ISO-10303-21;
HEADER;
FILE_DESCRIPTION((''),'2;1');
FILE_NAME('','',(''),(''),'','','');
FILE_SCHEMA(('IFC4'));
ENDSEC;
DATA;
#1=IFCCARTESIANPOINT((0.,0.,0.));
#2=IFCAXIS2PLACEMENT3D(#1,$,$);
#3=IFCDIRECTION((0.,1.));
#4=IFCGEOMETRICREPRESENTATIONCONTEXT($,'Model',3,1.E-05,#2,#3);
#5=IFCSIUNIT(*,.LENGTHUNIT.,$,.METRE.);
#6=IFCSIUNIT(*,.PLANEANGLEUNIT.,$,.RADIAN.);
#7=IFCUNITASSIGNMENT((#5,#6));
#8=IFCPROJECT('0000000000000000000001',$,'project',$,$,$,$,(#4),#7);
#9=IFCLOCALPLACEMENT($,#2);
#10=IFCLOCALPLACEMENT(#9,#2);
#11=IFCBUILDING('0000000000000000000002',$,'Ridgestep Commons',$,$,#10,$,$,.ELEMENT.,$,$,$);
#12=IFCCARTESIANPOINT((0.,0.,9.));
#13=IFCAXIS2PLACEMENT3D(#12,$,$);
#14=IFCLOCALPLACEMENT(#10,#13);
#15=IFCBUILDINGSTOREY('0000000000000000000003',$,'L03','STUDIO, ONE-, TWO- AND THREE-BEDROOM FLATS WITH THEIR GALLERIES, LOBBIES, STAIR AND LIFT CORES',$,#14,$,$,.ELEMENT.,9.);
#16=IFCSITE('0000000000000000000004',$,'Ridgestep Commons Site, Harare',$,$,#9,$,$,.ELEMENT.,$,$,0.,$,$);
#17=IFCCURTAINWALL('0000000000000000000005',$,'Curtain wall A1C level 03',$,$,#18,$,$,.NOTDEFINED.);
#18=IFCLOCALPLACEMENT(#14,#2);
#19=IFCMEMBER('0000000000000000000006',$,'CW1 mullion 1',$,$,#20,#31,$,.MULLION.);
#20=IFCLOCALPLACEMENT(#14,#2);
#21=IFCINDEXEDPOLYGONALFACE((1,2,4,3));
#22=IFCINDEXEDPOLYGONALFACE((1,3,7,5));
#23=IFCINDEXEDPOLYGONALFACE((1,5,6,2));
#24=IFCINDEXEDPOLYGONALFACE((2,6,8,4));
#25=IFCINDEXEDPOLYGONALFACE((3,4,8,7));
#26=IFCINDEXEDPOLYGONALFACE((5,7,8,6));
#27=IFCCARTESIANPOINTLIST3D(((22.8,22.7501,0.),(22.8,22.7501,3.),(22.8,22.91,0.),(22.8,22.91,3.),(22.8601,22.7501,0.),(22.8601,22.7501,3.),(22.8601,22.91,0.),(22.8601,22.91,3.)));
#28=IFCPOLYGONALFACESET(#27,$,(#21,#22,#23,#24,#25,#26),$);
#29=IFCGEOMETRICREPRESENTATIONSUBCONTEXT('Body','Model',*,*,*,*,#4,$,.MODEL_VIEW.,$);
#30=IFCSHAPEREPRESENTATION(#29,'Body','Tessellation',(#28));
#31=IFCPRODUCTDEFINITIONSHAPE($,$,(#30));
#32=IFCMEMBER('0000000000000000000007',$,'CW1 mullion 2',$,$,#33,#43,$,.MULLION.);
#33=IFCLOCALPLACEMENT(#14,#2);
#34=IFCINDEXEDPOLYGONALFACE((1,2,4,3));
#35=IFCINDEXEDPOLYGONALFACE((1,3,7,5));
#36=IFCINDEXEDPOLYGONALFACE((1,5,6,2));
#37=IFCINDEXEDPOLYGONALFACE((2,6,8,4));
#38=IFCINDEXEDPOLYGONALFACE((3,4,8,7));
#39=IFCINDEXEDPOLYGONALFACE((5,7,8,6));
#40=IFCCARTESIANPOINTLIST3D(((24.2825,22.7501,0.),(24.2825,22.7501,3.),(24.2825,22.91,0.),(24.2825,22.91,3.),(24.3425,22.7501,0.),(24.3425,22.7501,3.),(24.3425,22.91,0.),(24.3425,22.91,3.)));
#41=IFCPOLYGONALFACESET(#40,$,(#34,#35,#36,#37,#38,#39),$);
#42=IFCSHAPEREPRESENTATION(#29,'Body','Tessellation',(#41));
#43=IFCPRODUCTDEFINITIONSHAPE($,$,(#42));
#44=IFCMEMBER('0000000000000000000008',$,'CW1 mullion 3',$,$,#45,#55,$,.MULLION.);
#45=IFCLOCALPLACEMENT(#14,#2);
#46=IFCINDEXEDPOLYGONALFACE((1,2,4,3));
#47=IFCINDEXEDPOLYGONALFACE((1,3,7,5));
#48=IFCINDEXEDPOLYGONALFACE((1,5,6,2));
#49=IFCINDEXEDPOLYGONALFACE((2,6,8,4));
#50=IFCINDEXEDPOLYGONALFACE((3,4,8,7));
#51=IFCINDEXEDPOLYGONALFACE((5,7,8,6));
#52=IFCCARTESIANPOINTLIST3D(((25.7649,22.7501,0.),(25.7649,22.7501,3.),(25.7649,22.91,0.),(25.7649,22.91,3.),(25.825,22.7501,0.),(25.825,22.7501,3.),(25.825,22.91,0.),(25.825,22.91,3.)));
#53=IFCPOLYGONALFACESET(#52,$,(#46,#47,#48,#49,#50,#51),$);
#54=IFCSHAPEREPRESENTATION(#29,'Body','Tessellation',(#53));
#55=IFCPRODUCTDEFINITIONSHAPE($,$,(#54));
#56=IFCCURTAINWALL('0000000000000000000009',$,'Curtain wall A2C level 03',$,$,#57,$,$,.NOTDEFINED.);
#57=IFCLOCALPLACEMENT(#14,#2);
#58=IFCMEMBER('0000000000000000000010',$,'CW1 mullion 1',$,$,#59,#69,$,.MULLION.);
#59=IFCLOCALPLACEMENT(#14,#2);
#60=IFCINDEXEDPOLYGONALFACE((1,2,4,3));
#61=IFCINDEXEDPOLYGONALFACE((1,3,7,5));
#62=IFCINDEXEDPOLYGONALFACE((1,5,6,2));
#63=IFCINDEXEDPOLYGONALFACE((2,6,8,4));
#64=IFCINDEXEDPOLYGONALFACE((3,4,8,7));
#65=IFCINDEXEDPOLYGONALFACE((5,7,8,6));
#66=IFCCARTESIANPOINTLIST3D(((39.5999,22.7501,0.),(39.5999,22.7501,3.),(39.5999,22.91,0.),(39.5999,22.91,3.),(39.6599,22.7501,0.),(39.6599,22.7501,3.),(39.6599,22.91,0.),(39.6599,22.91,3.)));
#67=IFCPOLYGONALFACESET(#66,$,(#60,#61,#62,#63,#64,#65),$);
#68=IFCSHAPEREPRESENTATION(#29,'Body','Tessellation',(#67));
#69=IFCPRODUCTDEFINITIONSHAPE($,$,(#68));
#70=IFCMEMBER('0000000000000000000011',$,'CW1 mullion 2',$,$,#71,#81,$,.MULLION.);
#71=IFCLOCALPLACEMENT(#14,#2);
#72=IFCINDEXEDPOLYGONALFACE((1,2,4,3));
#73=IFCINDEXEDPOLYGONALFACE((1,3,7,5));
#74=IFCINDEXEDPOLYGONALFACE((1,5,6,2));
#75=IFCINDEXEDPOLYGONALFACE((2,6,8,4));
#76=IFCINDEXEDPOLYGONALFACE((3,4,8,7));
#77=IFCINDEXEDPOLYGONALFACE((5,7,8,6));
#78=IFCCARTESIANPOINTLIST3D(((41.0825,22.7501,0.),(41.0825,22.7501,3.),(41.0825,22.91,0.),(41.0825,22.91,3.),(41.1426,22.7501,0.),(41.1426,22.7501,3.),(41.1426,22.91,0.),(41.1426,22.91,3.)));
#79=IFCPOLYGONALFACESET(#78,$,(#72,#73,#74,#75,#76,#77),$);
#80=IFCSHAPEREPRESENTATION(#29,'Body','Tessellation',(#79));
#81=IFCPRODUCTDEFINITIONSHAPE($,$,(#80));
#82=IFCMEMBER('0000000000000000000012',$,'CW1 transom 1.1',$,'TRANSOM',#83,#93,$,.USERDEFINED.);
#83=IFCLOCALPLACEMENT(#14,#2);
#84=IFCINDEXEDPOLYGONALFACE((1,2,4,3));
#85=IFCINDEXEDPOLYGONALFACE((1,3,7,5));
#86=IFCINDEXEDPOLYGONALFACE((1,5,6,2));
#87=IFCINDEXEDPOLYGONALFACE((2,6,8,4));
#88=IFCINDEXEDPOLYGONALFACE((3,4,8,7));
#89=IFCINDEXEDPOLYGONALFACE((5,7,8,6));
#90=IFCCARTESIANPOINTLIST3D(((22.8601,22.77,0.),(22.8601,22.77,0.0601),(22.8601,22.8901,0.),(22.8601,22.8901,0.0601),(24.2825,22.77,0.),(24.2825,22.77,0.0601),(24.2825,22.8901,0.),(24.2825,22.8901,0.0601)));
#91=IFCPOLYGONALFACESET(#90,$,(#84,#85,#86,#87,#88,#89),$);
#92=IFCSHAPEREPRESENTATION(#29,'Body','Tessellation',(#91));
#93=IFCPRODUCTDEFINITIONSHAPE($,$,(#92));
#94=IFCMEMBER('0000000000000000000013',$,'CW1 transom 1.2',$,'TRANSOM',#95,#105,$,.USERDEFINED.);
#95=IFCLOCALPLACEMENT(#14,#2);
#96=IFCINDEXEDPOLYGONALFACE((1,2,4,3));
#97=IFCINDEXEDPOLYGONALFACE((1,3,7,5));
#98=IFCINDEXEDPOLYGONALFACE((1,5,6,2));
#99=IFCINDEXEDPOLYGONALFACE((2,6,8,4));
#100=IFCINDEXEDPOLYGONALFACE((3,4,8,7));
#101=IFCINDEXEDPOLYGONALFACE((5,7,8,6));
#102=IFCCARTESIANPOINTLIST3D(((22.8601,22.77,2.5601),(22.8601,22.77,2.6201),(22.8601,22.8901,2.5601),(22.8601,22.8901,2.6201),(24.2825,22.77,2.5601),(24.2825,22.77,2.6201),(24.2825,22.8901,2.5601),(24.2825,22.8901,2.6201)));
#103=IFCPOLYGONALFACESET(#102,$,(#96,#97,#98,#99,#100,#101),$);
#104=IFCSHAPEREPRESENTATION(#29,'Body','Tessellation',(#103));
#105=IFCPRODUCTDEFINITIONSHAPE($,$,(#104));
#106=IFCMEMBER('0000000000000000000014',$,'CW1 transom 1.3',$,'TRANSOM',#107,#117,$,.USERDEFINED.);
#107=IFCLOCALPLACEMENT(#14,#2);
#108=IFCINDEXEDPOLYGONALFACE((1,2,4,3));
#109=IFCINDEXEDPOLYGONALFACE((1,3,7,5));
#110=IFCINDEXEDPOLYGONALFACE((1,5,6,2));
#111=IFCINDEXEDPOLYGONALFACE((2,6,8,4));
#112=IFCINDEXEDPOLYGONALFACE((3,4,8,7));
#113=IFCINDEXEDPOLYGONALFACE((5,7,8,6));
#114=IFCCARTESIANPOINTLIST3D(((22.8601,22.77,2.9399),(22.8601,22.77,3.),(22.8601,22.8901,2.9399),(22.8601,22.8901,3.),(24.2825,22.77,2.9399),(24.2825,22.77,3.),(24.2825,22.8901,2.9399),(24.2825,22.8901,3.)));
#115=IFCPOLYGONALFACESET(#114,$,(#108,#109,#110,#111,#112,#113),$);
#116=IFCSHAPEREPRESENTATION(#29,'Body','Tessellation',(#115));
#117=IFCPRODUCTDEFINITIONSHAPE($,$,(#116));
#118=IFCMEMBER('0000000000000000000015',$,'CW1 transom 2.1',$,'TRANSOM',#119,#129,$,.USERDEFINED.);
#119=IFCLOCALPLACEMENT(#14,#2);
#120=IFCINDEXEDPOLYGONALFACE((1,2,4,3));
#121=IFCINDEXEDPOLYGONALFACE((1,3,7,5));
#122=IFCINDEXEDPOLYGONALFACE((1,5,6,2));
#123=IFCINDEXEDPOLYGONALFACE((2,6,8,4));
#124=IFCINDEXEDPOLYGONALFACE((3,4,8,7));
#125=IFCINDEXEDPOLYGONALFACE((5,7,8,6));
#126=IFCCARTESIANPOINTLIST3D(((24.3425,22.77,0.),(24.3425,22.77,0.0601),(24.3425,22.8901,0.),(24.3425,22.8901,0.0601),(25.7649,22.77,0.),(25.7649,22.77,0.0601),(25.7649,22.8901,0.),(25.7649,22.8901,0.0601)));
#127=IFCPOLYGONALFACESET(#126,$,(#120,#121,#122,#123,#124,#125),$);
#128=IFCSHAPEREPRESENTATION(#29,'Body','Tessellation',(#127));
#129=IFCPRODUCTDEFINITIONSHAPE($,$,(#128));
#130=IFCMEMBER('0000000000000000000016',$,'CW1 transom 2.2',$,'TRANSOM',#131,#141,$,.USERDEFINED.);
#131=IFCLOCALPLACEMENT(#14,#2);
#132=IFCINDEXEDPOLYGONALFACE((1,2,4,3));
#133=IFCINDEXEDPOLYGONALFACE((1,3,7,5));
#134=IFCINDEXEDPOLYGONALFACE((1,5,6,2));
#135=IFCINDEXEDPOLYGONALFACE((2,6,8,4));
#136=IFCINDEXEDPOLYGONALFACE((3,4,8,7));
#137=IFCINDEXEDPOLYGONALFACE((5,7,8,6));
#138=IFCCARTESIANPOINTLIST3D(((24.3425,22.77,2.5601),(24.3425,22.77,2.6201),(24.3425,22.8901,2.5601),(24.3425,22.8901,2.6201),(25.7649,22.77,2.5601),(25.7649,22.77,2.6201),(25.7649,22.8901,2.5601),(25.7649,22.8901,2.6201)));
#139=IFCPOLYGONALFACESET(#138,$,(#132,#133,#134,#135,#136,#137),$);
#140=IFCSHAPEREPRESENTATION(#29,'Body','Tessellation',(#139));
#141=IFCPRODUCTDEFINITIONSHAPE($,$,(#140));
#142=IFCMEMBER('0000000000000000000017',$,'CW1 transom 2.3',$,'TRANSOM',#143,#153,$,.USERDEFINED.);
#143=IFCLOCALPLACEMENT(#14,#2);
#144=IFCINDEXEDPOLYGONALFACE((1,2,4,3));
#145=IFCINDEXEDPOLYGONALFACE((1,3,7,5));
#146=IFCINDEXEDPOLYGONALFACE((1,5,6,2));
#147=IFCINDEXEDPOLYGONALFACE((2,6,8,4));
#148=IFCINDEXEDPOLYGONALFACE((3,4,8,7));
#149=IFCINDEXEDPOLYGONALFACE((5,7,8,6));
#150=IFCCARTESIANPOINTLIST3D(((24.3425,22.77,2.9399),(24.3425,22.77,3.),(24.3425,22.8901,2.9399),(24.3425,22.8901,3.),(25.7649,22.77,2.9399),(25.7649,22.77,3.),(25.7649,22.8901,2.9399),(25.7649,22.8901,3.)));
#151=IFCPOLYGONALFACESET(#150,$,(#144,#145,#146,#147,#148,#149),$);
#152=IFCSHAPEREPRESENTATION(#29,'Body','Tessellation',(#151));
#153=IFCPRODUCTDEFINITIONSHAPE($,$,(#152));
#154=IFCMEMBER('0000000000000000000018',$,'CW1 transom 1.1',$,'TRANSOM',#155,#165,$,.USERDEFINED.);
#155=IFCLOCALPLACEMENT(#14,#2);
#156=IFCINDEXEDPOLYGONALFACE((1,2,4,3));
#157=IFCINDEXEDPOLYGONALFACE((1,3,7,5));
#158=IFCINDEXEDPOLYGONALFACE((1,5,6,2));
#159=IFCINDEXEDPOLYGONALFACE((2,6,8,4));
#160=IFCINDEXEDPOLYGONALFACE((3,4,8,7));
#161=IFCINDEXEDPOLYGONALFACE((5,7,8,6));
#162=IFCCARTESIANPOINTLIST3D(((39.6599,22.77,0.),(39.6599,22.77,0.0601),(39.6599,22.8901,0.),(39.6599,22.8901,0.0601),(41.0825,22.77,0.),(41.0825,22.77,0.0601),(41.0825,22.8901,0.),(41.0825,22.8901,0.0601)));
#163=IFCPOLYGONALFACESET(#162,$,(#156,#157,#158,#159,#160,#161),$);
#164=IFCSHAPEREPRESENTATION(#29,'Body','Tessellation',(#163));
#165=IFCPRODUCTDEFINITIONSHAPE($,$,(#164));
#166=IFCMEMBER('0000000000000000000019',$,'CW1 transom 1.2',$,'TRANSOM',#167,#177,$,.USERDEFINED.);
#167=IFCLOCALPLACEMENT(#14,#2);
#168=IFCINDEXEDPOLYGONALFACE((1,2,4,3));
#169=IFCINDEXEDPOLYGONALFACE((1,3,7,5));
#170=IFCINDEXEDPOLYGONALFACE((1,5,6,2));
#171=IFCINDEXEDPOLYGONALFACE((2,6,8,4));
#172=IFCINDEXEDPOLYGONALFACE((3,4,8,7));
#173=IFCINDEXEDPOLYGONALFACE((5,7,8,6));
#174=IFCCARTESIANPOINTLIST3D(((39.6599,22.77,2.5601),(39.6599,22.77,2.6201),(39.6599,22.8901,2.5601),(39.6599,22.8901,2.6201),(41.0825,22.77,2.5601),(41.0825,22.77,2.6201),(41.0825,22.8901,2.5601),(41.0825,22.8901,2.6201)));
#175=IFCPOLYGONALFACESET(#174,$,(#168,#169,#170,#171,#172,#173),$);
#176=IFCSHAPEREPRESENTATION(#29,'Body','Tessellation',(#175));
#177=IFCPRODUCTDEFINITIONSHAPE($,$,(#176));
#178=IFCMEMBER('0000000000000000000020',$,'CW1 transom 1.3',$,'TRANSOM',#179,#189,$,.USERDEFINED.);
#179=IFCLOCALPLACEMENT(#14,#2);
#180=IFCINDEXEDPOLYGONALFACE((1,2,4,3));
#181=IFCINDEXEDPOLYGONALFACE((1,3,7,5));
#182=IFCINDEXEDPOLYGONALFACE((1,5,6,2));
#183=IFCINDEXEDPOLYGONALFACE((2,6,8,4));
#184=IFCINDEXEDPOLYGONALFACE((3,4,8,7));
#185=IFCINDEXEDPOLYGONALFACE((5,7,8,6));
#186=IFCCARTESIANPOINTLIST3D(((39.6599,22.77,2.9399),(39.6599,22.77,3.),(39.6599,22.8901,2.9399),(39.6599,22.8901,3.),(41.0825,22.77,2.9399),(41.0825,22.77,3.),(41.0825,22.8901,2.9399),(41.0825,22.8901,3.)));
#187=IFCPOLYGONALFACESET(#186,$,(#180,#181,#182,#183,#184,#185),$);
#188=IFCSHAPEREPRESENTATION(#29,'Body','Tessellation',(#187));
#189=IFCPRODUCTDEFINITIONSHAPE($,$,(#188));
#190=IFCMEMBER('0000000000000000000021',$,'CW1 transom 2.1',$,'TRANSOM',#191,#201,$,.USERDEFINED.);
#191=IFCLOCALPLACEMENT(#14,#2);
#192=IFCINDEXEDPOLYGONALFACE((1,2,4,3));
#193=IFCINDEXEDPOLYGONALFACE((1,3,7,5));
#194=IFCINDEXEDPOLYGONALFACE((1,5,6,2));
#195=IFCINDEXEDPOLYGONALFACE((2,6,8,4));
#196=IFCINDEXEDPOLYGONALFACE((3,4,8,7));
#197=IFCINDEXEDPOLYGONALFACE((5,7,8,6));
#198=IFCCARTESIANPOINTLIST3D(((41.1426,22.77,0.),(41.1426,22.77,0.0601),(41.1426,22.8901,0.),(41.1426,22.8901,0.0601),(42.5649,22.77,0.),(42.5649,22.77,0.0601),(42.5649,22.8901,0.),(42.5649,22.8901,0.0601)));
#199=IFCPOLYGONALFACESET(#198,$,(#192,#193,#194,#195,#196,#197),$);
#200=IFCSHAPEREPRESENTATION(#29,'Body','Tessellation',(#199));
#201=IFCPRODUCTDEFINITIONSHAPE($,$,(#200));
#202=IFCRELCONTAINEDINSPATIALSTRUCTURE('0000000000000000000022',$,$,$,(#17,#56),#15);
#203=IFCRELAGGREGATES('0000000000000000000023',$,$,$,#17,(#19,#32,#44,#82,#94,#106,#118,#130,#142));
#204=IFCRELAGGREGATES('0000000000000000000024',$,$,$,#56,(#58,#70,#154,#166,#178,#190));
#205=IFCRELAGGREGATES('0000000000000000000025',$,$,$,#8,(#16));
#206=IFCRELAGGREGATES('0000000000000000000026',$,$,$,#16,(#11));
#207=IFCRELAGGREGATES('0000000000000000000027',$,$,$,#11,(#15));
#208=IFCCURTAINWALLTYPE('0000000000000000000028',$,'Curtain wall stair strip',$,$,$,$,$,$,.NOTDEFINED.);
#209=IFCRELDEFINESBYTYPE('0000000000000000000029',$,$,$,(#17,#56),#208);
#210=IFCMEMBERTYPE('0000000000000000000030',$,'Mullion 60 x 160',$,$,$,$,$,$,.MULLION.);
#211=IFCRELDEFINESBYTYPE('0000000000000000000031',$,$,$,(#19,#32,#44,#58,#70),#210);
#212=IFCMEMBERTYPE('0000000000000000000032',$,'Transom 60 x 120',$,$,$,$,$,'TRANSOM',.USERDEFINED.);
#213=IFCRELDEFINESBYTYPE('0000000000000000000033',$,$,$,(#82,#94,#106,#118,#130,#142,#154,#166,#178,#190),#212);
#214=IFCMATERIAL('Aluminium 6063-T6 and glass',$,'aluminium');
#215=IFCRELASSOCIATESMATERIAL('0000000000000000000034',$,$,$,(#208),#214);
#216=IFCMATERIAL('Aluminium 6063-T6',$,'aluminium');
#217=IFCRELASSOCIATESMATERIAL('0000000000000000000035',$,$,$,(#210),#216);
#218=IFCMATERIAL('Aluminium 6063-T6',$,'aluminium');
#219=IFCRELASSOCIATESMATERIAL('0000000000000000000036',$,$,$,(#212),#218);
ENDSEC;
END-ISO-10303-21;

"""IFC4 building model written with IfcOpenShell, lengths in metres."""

from ifc_helpers import new_model, si_unit, direction, frame, origin, origin_2d, place, context, subcontext, project, spatial, rectangle, extrude, material, material_profile, profile_set, type_object, element, aggregate, save


model = new_model("IFC4")

# Units and contexts
model_context = context("Model", 3, precision=1e-05, world=origin(), true_north=direction((0.0, 1.0)))
body_context = subcontext(model_context, "Body", "Model", "MODEL_VIEW")
ifc_project = project(units=[si_unit("LENGTHUNIT", "METRE"), si_unit("PLANEANGLEUNIT", "RADIAN")], contexts=[model_context])

# Site, building, storey
site_placement = place(None, origin())
site = spatial("IfcSite", under=ifc_project, at=site_placement, Name="Ridgestep Commons Site, Harare", CompositionType="ELEMENT", RefElevation=0.0)
building_placement = place(site_placement, origin())
building = spatial("IfcBuilding", under=site, at=building_placement, Name="Ridgestep Commons", CompositionType="ELEMENT")
storey_placement = place(building_placement, frame((0.0, 0.0, 9.0)))
storey = spatial("IfcBuildingStorey", under=building, at=storey_placement, Name="L03", Description="STUDIO, ONE-, TWO- AND THREE-BEDROOM FLATS WITH THEIR GALLERIES, LOBBIES, STAIR AND LIFT CORES", CompositionType="ELEMENT", Elevation=9.0)

# Curtain walls, members
ifc_material_1 = material(Name="Aluminium 6063-T6 and glass", Category="aluminium")
curtain_wall_type = type_object("IfcCurtainWallType", Name="Curtain wall stair strip", PredefinedType="NOTDEFINED", material=ifc_material_1)
curtain_wall_1_placement = place(storey_placement, origin())
curtain_wall_1 = element("IfcCurtainWall", 1, at=curtain_wall_1_placement, inside=storey, type_object=curtain_wall_type, Name="Curtain wall A1C level 03", PredefinedType="NOTDEFINED")
ifc_material_2 = material(Name="Aluminium 6063-T6", Category="aluminium")
ifc_material_profile_1 = material_profile(ifc_material_2, rectangle(XDim=0.1599, YDim=0.0601, at=origin_2d()), Name="Mullion 60 x 160")
ifc_profile_set_1 = profile_set([ifc_material_profile_1], Name="Aluminium 6063-T6")
member_type_1 = type_object("IfcMemberType", Name="Mullion 60 x 160", PredefinedType="MULLION", material=ifc_profile_set_1)
member_1_placement = place(storey_placement, frame((22.8301, 22.8301, 0.0), z_axis=(0.0, 0.0, 1.0), x_axis=(0.0, 1.0, 0.0)))
member_1 = element("IfcMember", 2, at=member_1_placement, type_object=member_type_1, Name="CW1 mullion 1", PredefinedType="MULLION", context=body_context, shape_type="SweptSolid", body=[
    extrude(rectangle(XDim=0.1599, YDim=0.0601, at=origin_2d()), origin(), (0.0, 0.0, 1.0), 3.0),
])
member_2_placement = place(storey_placement, frame((24.3125, 22.8301, 0.0), z_axis=(0.0, 0.0, 1.0), x_axis=(0.0, 1.0, 0.0)))
member_2 = element("IfcMember", 3, at=member_2_placement, type_object=member_type_1, Name="CW1 mullion 2", PredefinedType="MULLION", context=body_context, shape_type="SweptSolid", body=[
    extrude(rectangle(XDim=0.1599, YDim=0.0601, at=origin_2d()), origin(), (0.0, 0.0, 1.0), 3.0),
])
member_3_placement = place(storey_placement, frame((25.7949, 22.8301, 0.0), z_axis=(0.0, 0.0, 1.0), x_axis=(0.0, 1.0, 0.0)))
member_3 = element("IfcMember", 4, at=member_3_placement, type_object=member_type_1, Name="CW1 mullion 3", PredefinedType="MULLION", context=body_context, shape_type="SweptSolid", body=[
    extrude(rectangle(XDim=0.1599, YDim=0.0601, at=origin_2d()), origin(), (0.0, 0.0, 1.0), 3.0),
])
curtain_wall_2_placement = place(storey_placement, origin())
curtain_wall_2 = element("IfcCurtainWall", 5, at=curtain_wall_2_placement, inside=storey, type_object=curtain_wall_type, Name="Curtain wall A2C level 03", PredefinedType="NOTDEFINED")
member_4_placement = place(storey_placement, frame((39.6299, 22.8301, 0.0), z_axis=(0.0, 0.0, 1.0), x_axis=(0.0, 1.0, 0.0)))
member_4 = element("IfcMember", 6, at=member_4_placement, type_object=member_type_1, Name="CW1 mullion 1", PredefinedType="MULLION", context=body_context, shape_type="SweptSolid", body=[
    extrude(rectangle(XDim=0.1599, YDim=0.0601, at=origin_2d()), origin(), (0.0, 0.0, 1.0), 3.0),
])
member_5_placement = place(storey_placement, frame((41.1125, 22.8301, 0.0), z_axis=(0.0, 0.0, 1.0), x_axis=(0.0, 1.0, 0.0)))
member_5 = element("IfcMember", 7, at=member_5_placement, type_object=member_type_1, Name="CW1 mullion 2", PredefinedType="MULLION", context=body_context, shape_type="SweptSolid", body=[
    extrude(rectangle(XDim=0.1599, YDim=0.0601, at=origin_2d()), origin(), (0.0, 0.0, 1.0), 3.0),
])

# Members
ifc_material_3 = material(Name="Aluminium 6063-T6", Category="aluminium")
ifc_material_profile_2 = material_profile(ifc_material_3, rectangle(XDim=0.1201, YDim=0.0601, at=origin_2d()), Name="Transom 60 x 120")
ifc_profile_set_2 = profile_set([ifc_material_profile_2], Name="Aluminium 6063-T6")
member_type_2 = type_object("IfcMemberType", Name="Transom 60 x 120", ElementType="TRANSOM", PredefinedType="USERDEFINED", material=ifc_profile_set_2)
member_6_placement = place(storey_placement, frame((22.8601, 22.8301, 0.03), z_axis=(1.0, 0.0, 0.0), x_axis=(0.0, 1.0, 0.0)))
member_6 = element("IfcMember", 8, at=member_6_placement, type_object=member_type_2, Name="CW1 transom 1.1", ObjectType="TRANSOM", PredefinedType="USERDEFINED", context=body_context, shape_type="SweptSolid", body=[
    extrude(rectangle(XDim=0.1201, YDim=0.0601, at=origin_2d()), origin(), (0.0, 0.0, 1.0), 1.4224),
])
member_7_placement = place(storey_placement, frame((22.8601, 22.8301, 2.5901), z_axis=(1.0, 0.0, 0.0), x_axis=(0.0, 1.0, 0.0)))
member_7 = element("IfcMember", 9, at=member_7_placement, type_object=member_type_2, Name="CW1 transom 1.2", ObjectType="TRANSOM", PredefinedType="USERDEFINED", context=body_context, shape_type="SweptSolid", body=[
    extrude(rectangle(XDim=0.1201, YDim=0.0601, at=origin_2d()), origin(), (0.0, 0.0, 1.0), 1.4224),
])
member_8_placement = place(storey_placement, frame((22.8601, 22.8301, 2.97), z_axis=(1.0, 0.0, 0.0), x_axis=(0.0, 1.0, 0.0)))
member_8 = element("IfcMember", 10, at=member_8_placement, type_object=member_type_2, Name="CW1 transom 1.3", ObjectType="TRANSOM", PredefinedType="USERDEFINED", context=body_context, shape_type="SweptSolid", body=[
    extrude(rectangle(XDim=0.1201, YDim=0.0601, at=origin_2d()), origin(), (0.0, 0.0, 1.0), 1.4224),
])
member_9_placement = place(storey_placement, frame((24.3425, 22.8301, 0.03), z_axis=(1.0, 0.0, 0.0), x_axis=(0.0, 1.0, 0.0)))
member_9 = element("IfcMember", 11, at=member_9_placement, type_object=member_type_2, Name="CW1 transom 2.1", ObjectType="TRANSOM", PredefinedType="USERDEFINED", context=body_context, shape_type="SweptSolid", body=[
    extrude(rectangle(XDim=0.1201, YDim=0.0601, at=origin_2d()), origin(), (0.0, 0.0, 1.0), 1.4224),
])
member_10_placement = place(storey_placement, frame((24.3425, 22.8301, 2.5901), z_axis=(1.0, 0.0, 0.0), x_axis=(0.0, 1.0, 0.0)))
member_10 = element("IfcMember", 12, at=member_10_placement, type_object=member_type_2, Name="CW1 transom 2.2", ObjectType="TRANSOM", PredefinedType="USERDEFINED", context=body_context, shape_type="SweptSolid", body=[
    extrude(rectangle(XDim=0.1201, YDim=0.0601, at=origin_2d()), origin(), (0.0, 0.0, 1.0), 1.4224),
])
member_11_placement = place(storey_placement, frame((24.3425, 22.8301, 2.97), z_axis=(1.0, 0.0, 0.0), x_axis=(0.0, 1.0, 0.0)))
member_11 = element("IfcMember", 13, at=member_11_placement, type_object=member_type_2, Name="CW1 transom 2.3", ObjectType="TRANSOM", PredefinedType="USERDEFINED", context=body_context, shape_type="SweptSolid", body=[
    extrude(rectangle(XDim=0.1201, YDim=0.0601, at=origin_2d()), origin(), (0.0, 0.0, 1.0), 1.4224),
])
member_12_placement = place(storey_placement, frame((39.6599, 22.8301, 0.03), z_axis=(1.0, 0.0, 0.0), x_axis=(0.0, 1.0, 0.0)))
member_12 = element("IfcMember", 14, at=member_12_placement, type_object=member_type_2, Name="CW1 transom 1.1", ObjectType="TRANSOM", PredefinedType="USERDEFINED", context=body_context, shape_type="SweptSolid", body=[
    extrude(rectangle(XDim=0.1201, YDim=0.0601, at=origin_2d()), origin(), (0.0, 0.0, 1.0), 1.4226),
])
member_13_placement = place(storey_placement, frame((39.6599, 22.8301, 2.5901), z_axis=(1.0, 0.0, 0.0), x_axis=(0.0, 1.0, 0.0)))
member_13 = element("IfcMember", 15, at=member_13_placement, type_object=member_type_2, Name="CW1 transom 1.2", ObjectType="TRANSOM", PredefinedType="USERDEFINED", context=body_context, shape_type="SweptSolid", body=[
    extrude(rectangle(XDim=0.1201, YDim=0.0601, at=origin_2d()), origin(), (0.0, 0.0, 1.0), 1.4226),
])
member_14_placement = place(storey_placement, frame((39.6599, 22.8301, 2.97), z_axis=(1.0, 0.0, 0.0), x_axis=(0.0, 1.0, 0.0)))
member_14 = element("IfcMember", 16, at=member_14_placement, type_object=member_type_2, Name="CW1 transom 1.3", ObjectType="TRANSOM", PredefinedType="USERDEFINED", context=body_context, shape_type="SweptSolid", body=[
    extrude(rectangle(XDim=0.1201, YDim=0.0601, at=origin_2d()), origin(), (0.0, 0.0, 1.0), 1.4226),
])
member_15_placement = place(storey_placement, frame((41.1426, 22.8301, 0.03), z_axis=(1.0, 0.0, 0.0), x_axis=(0.0, 1.0, 0.0)))
member_15 = element("IfcMember", 17, at=member_15_placement, type_object=member_type_2, Name="CW1 transom 2.1", ObjectType="TRANSOM", PredefinedType="USERDEFINED", context=body_context, shape_type="SweptSolid", body=[
    extrude(rectangle(XDim=0.1201, YDim=0.0601, at=origin_2d()), origin(), (0.0, 0.0, 1.0), 1.4224),
])

aggregate(curtain_wall_1, [member_1, member_2, member_3, member_6, member_7, member_8, member_9, member_10, member_11])
aggregate(curtain_wall_2, [member_4, member_5, member_12, member_13, member_14, member_15])

save(model, "model.ifc")
